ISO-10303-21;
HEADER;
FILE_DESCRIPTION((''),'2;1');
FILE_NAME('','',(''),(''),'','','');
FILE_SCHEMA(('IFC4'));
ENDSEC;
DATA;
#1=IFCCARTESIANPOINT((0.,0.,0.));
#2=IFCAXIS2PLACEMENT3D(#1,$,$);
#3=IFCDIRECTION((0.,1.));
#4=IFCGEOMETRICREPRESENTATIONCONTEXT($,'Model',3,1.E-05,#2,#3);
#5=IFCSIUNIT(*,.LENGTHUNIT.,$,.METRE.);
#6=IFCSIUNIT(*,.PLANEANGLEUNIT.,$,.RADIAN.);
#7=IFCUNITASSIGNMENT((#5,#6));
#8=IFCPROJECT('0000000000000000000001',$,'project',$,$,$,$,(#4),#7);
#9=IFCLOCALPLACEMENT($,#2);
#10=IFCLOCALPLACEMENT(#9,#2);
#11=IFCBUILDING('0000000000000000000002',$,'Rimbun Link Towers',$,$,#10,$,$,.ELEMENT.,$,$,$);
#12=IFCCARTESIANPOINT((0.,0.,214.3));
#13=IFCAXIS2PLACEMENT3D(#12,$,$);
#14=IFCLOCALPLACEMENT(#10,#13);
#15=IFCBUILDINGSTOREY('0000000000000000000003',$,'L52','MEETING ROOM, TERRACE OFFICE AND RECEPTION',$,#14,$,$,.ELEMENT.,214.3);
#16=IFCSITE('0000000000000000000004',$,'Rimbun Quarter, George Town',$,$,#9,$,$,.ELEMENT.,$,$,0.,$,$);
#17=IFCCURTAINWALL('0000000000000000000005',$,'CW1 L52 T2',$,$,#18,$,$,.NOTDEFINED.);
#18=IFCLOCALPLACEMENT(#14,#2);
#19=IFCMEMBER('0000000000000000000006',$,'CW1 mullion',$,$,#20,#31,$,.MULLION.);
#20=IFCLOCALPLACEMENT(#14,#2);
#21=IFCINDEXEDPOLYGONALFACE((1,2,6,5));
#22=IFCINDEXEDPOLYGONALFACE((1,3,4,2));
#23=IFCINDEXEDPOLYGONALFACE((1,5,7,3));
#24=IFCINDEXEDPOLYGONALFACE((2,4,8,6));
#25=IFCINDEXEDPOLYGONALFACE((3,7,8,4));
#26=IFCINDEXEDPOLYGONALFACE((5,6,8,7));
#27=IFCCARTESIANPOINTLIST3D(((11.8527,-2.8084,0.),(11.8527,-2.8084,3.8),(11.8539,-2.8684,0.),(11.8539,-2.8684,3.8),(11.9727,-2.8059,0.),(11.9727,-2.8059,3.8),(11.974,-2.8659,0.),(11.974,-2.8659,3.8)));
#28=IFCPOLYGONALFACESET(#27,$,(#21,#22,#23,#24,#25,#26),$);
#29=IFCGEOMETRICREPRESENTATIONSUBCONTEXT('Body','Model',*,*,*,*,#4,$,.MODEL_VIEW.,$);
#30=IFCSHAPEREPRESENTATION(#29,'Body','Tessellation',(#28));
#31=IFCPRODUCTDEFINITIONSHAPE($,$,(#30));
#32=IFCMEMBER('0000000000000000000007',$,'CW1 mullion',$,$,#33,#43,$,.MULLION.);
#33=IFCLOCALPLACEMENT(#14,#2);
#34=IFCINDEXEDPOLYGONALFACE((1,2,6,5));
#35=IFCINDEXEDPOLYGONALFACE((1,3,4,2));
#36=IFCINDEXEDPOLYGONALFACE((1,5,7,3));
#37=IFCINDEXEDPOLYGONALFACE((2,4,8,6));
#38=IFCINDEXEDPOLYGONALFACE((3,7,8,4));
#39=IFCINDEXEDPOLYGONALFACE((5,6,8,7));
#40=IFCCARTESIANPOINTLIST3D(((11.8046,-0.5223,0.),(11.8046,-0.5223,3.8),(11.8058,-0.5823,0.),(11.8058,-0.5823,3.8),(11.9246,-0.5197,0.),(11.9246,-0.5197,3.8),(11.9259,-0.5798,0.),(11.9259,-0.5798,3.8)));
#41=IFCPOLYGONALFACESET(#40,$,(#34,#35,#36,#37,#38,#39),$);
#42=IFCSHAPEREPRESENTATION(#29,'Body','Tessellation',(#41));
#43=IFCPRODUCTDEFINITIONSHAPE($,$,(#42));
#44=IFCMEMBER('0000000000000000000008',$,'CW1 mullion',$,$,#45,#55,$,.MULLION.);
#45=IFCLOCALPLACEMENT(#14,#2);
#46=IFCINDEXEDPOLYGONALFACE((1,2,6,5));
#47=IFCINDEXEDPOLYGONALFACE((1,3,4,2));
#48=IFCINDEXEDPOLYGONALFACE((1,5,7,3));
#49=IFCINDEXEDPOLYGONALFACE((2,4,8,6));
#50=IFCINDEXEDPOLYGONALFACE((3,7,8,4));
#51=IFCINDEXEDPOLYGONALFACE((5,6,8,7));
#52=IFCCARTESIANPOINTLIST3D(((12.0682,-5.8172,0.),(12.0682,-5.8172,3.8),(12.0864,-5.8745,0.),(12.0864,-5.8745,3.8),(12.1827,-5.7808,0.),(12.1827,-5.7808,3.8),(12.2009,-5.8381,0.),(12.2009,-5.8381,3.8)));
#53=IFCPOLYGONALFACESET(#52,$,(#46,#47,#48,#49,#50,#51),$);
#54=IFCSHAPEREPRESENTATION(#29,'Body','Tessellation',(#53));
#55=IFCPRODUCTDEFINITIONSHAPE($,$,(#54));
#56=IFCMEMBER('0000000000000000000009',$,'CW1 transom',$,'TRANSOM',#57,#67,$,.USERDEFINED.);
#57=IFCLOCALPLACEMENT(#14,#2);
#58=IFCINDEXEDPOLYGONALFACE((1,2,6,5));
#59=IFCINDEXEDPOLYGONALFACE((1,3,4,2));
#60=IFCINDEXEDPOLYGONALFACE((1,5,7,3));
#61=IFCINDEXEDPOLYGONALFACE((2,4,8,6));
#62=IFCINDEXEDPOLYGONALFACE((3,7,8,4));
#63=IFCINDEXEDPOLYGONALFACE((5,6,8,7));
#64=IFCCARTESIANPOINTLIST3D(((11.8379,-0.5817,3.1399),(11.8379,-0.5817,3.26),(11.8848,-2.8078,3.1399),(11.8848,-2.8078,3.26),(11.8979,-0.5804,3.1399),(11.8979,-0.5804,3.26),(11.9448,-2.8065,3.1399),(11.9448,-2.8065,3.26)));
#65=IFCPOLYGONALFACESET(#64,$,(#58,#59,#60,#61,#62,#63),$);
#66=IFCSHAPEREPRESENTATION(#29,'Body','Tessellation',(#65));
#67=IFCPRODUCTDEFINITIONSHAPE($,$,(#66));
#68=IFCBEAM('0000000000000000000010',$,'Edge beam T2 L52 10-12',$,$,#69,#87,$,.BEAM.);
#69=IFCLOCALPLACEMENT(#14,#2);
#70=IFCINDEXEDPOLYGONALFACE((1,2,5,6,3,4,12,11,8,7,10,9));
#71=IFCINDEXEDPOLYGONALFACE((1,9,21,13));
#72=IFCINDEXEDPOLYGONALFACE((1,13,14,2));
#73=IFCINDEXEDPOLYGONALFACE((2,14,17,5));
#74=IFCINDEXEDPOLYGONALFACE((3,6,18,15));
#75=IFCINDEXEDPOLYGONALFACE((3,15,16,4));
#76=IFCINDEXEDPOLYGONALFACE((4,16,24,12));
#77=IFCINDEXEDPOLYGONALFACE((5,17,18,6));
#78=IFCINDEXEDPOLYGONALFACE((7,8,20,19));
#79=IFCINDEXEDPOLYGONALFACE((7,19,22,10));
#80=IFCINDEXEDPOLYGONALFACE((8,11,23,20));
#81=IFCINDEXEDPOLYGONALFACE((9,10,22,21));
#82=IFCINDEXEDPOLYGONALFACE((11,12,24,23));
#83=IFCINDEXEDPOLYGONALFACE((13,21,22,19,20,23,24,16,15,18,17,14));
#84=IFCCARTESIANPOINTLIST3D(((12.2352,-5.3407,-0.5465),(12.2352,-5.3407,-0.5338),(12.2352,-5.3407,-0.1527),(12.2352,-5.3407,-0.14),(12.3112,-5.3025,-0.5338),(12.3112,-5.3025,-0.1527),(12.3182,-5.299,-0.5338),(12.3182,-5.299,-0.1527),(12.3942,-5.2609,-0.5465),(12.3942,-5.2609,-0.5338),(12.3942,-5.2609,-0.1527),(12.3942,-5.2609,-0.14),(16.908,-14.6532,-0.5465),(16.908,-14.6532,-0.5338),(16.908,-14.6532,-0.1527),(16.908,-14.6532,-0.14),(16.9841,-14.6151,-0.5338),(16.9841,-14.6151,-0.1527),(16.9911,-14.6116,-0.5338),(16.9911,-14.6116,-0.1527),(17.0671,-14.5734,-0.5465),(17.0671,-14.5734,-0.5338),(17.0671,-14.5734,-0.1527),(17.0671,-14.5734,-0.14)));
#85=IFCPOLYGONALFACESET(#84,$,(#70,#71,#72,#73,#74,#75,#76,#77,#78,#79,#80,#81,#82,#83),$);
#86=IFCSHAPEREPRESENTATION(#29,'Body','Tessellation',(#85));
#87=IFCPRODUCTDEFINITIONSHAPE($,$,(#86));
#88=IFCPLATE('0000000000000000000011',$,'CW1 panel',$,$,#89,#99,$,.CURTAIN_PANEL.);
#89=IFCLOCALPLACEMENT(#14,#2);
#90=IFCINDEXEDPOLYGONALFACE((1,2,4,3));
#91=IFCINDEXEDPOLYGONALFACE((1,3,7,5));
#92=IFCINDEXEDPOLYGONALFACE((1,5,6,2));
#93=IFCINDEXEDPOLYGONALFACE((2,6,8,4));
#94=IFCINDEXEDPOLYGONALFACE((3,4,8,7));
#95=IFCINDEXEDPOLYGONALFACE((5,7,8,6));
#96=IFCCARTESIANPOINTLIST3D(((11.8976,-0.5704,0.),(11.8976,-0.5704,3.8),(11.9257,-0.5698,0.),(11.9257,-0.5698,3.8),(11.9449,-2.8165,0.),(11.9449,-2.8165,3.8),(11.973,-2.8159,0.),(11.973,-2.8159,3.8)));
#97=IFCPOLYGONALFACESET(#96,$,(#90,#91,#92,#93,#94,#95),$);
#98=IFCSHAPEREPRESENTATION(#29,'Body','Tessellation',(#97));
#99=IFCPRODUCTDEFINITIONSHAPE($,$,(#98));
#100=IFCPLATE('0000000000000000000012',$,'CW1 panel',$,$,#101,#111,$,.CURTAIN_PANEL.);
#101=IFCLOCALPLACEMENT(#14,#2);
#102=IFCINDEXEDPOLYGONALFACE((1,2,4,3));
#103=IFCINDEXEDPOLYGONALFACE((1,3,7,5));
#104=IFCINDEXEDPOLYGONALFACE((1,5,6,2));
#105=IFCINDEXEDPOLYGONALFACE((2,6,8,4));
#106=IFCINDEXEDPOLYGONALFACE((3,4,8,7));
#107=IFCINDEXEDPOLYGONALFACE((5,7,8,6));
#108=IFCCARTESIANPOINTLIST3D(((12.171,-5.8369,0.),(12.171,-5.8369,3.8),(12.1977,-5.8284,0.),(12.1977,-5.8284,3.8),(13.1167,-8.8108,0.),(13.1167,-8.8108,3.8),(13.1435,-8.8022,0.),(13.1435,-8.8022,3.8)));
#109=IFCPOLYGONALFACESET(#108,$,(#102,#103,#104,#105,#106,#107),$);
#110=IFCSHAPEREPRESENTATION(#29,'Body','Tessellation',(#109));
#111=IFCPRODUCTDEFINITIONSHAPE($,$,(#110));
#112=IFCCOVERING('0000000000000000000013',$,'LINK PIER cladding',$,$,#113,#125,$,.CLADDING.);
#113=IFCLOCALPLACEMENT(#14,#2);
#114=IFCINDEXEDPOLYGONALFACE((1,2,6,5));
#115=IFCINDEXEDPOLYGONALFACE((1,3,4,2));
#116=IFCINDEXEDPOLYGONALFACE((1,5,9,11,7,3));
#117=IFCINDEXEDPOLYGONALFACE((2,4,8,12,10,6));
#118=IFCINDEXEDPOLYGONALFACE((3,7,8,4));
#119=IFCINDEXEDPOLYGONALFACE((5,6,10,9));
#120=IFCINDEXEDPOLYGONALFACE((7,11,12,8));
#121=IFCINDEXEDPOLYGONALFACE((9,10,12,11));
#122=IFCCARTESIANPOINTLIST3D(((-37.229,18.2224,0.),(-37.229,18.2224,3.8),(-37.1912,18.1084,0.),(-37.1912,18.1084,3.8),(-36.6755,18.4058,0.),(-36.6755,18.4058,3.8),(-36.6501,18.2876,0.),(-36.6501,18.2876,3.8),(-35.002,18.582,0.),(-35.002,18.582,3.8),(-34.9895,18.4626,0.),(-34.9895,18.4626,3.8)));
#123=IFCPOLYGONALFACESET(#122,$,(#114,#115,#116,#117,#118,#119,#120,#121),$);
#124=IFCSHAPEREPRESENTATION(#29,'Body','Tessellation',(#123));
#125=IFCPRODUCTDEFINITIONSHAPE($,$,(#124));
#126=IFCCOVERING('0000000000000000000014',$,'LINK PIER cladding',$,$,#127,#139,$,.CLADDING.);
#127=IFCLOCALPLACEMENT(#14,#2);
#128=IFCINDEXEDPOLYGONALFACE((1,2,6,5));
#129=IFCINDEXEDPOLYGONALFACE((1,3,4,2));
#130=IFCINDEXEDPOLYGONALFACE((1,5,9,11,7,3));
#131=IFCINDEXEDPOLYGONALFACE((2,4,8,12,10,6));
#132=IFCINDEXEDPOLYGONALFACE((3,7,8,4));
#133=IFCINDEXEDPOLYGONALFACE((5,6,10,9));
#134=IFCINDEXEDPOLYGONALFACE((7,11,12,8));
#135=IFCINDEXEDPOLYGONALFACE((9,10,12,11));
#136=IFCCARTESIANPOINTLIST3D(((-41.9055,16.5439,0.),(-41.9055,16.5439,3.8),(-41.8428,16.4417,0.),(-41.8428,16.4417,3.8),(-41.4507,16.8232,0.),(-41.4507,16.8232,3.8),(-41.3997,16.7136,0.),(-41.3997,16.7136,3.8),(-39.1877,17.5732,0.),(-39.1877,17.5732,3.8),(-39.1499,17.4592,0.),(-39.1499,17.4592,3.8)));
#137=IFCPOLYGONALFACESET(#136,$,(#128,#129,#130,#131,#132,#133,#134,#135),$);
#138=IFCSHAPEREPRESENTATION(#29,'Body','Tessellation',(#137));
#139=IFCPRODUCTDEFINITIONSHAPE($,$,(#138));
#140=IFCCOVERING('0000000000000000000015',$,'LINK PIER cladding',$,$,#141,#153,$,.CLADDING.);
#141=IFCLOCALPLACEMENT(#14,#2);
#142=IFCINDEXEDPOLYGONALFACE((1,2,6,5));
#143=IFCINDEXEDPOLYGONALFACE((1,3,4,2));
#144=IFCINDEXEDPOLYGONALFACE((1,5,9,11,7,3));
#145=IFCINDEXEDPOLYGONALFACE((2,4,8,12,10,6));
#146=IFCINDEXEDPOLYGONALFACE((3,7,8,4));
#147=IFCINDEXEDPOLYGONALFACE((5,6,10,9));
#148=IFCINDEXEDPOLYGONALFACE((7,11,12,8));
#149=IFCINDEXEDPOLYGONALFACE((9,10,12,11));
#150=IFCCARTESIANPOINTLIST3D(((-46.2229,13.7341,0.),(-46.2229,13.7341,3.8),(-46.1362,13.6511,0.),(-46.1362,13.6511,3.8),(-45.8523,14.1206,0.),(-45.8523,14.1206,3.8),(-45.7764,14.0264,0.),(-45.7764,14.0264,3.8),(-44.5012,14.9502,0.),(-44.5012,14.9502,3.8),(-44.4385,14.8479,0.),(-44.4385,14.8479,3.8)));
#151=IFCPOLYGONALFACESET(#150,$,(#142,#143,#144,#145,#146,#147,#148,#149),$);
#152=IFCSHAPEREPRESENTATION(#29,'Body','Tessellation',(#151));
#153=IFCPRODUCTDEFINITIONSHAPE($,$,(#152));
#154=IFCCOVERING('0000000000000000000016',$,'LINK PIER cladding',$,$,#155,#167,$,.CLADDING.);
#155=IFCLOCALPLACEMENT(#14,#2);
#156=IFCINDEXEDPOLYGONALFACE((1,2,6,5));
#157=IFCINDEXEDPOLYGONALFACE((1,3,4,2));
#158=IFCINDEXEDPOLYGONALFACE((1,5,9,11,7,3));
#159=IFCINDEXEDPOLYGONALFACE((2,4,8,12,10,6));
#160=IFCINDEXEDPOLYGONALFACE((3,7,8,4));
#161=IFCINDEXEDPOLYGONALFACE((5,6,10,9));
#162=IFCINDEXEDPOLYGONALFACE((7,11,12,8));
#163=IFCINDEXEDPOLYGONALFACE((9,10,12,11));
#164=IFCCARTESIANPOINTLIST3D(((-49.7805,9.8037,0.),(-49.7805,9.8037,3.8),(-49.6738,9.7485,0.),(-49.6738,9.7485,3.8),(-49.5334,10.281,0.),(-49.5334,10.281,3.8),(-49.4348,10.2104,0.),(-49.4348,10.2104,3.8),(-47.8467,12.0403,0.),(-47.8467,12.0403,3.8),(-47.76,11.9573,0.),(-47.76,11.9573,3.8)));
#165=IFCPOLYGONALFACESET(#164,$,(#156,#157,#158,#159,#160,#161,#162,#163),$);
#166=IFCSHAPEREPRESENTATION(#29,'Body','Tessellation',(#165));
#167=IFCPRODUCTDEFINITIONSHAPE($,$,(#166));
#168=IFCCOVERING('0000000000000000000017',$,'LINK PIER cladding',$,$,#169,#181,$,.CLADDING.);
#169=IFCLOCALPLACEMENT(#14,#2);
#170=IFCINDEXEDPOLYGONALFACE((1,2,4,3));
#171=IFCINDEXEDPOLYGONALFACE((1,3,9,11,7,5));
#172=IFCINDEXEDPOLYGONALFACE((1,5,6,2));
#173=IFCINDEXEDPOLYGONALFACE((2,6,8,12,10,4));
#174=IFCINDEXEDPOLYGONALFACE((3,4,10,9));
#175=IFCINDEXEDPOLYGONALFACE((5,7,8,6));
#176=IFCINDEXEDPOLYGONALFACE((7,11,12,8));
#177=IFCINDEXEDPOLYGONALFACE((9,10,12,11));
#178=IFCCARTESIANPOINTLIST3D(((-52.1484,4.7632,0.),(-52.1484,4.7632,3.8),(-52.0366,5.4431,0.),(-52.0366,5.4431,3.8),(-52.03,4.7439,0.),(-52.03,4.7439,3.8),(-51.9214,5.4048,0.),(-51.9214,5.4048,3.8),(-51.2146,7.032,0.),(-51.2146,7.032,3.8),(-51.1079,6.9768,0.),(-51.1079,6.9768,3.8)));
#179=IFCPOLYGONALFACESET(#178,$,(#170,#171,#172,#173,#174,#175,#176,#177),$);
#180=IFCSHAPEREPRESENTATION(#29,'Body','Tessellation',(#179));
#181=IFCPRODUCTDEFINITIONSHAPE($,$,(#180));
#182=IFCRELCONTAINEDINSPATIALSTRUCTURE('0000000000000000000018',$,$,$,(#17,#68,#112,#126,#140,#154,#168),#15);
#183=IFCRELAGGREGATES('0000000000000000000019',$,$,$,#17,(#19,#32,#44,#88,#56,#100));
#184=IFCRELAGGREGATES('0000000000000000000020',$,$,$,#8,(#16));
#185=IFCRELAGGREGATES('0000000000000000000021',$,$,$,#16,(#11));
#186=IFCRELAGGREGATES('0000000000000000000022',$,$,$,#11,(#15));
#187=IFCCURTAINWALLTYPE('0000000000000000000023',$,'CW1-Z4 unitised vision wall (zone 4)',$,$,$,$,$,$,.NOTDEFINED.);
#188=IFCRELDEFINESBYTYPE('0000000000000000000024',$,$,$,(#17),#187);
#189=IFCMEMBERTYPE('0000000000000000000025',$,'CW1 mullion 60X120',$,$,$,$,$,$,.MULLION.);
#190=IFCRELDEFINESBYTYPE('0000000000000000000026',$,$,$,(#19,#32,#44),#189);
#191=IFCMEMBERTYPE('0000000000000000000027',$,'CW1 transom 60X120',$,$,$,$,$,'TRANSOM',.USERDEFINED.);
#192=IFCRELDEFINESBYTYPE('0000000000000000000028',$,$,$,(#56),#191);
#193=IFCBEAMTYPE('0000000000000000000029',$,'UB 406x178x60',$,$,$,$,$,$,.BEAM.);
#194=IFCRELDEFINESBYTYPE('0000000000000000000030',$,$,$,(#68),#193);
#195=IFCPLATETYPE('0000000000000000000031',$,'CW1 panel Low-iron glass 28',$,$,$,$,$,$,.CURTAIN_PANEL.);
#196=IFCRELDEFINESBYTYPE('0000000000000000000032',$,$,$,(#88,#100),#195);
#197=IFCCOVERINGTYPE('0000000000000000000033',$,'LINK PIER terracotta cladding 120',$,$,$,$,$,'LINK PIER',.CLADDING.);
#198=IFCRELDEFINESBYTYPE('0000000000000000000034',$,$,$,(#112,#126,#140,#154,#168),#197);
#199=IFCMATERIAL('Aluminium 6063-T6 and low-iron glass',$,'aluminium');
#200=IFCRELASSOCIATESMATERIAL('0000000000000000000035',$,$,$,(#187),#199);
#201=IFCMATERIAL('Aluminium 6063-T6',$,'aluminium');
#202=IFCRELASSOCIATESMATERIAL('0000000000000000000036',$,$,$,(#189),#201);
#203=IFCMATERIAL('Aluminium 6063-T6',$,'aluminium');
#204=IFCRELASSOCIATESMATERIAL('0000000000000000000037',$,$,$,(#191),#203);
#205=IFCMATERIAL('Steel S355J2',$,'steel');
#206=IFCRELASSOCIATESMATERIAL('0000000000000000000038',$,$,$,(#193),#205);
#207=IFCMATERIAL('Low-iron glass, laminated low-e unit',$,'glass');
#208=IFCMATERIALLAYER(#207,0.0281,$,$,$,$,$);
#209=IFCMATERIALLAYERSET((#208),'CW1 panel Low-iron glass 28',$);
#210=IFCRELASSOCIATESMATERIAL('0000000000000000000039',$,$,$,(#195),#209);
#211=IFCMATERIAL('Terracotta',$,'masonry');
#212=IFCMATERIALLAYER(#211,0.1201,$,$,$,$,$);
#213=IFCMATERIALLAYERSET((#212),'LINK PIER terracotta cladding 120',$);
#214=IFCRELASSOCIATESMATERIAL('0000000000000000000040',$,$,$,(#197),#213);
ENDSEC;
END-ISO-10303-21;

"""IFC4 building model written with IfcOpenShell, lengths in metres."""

from ifc_helpers import new_model, si_unit, direction, frame, origin, origin_2d, place, context, subcontext, project, spatial, polyline, rectangle, i_section, outline, extrude, material, layer, layer_set, material_profile, profile_set, type_object, element, aggregate, save


model = new_model("IFC4")

# Units and contexts
model_context = context("Model", 3, precision=1e-05, world=origin(), true_north=direction((0.0, 1.0)))
body_context = subcontext(model_context, "Body", "Model", "MODEL_VIEW")
ifc_project = project(units=[si_unit("LENGTHUNIT", "METRE"), si_unit("PLANEANGLEUNIT", "RADIAN")], contexts=[model_context])

# Site, building, storey
site_placement = place(None, origin())
site = spatial("IfcSite", under=ifc_project, at=site_placement, Name="Rimbun Quarter, George Town", CompositionType="ELEMENT", RefElevation=0.0)
building_placement = place(site_placement, origin())
building = spatial("IfcBuilding", under=site, at=building_placement, Name="Rimbun Link Towers", CompositionType="ELEMENT")
storey_placement = place(building_placement, frame((0.0, 0.0, 214.3)))
storey = spatial("IfcBuildingStorey", under=building, at=storey_placement, Name="L52", Description="MEETING ROOM, TERRACE OFFICE AND RECEPTION", CompositionType="ELEMENT", Elevation=214.3)

# Curtain wall, members
ifc_material_1 = material(Name="Aluminium 6063-T6 and low-iron glass", Category="aluminium")
curtain_wall_type = type_object("IfcCurtainWallType", Name="CW1-Z4 unitised vision wall (zone 4)", PredefinedType="NOTDEFINED", material=ifc_material_1)
curtain_wall_placement = place(storey_placement, origin())
curtain_wall = element("IfcCurtainWall", 1, at=curtain_wall_placement, inside=storey, type_object=curtain_wall_type, Name="CW1 L52 T2", PredefinedType="NOTDEFINED")
ifc_material_2 = material(Name="Aluminium 6063-T6", Category="aluminium")
ifc_material_profile_1 = material_profile(ifc_material_2, rectangle(XDim=0.1201, YDim=0.0601, at=origin_2d()), Name="MULLION 60X120")
ifc_profile_set_1 = profile_set([ifc_material_profile_1], Name="Aluminium 6063-T6")
member_type_1 = type_object("IfcMemberType", Name="CW1 mullion 60X120", PredefinedType="MULLION", material=ifc_profile_set_1)
member_1_placement = place(storey_placement, frame((11.9133, -2.8372, 0.0), z_axis=(0.0, 0.0, 1.0), x_axis=(-0.999778, -0.021054, 0.0)))
member_1 = element("IfcMember", 2, at=member_1_placement, type_object=member_type_1, Name="CW1 mullion", PredefinedType="MULLION", context=body_context, shape_type="SweptSolid", body=[
    extrude(rectangle(XDim=0.1201, YDim=0.0601, at=origin_2d()), origin(), (0.0, 0.0, 1.0), 3.8),
])
member_2_placement = place(storey_placement, frame((11.8652, -0.551, 0.0), z_axis=(0.0, 0.0, 1.0), x_axis=(-0.999778, -0.021054, 0.0)))
member_2 = element("IfcMember", 3, at=member_2_placement, type_object=member_type_1, Name="CW1 mullion", PredefinedType="MULLION", context=body_context, shape_type="SweptSolid", body=[
    extrude(rectangle(XDim=0.1201, YDim=0.0601, at=origin_2d()), origin(), (0.0, 0.0, 1.0), 3.8),
])
member_3_placement = place(storey_placement, frame((12.1345, -5.8276, 0.0), z_axis=(0.0, 0.0, 1.0), x_axis=(-0.952969, -0.303068, 0.0)))
member_3 = element("IfcMember", 4, at=member_3_placement, type_object=member_type_1, Name="CW1 mullion", PredefinedType="MULLION", context=body_context, shape_type="SweptSolid", body=[
    extrude(rectangle(XDim=0.1201, YDim=0.0601, at=origin_2d()), origin(), (0.0, 0.0, 1.0), 3.8),
])
ifc_material_3 = material(Name="Aluminium 6063-T6", Category="aluminium")
ifc_material_profile_2 = material_profile(ifc_material_3, rectangle(XDim=0.0601, YDim=0.1201, at=origin_2d()), Name="TRANSOM 60X120")
ifc_profile_set_2 = profile_set([ifc_material_profile_2], Name="Aluminium 6063-T6")
member_type_2 = type_object("IfcMemberType", Name="CW1 transom 60X120", ElementType="TRANSOM", PredefinedType="USERDEFINED", material=ifc_profile_set_2)
member_4_placement = place(storey_placement, frame((11.9148, -2.8071, 3.2), z_axis=(-0.021053, 0.999778, 0.0), x_axis=(-0.999778, -0.021053, 0.0)))
member_4 = element("IfcMember", 5, at=member_4_placement, type_object=member_type_2, Name="CW1 transom", ObjectType="TRANSOM", PredefinedType="USERDEFINED", context=body_context, shape_type="SweptSolid", body=[
    extrude(rectangle(XDim=0.0601, YDim=0.1201, at=origin_2d()), origin(), (0.0, 0.0, 1.0), 2.2266),
])

# Beam
ifc_material_4 = material(Name="Steel S355J2", Category="steel")
ifc_material_profile_3 = material_profile(ifc_material_4, i_section(OverallWidth=0.178, OverallDepth=0.4065, WebThickness=0.0078, FlangeThickness=0.0127, at=origin_2d()), Name="UB 406x178x60")
ifc_profile_set_3 = profile_set([ifc_material_profile_3], Name="Steel S355J2")
beam_type = type_object("IfcBeamType", Name="UB 406x178x60", PredefinedType="BEAM", material=ifc_profile_set_3)
beam_placement = place(storey_placement, frame((12.3147, -5.3008, -0.3433), z_axis=(0.448488, -0.893789, 0.0), x_axis=(0.893789, 0.448488, 0.0)))
element("IfcBeam", 6, at=beam_placement, inside=storey, type_object=beam_type, Name="Edge beam T2 L52 10-12", PredefinedType="BEAM", context=body_context, shape_type="SweptSolid", body=[
    extrude(i_section(OverallWidth=0.178, OverallDepth=0.4065, WebThickness=0.0078, FlangeThickness=0.0127, at=origin_2d()), origin(), (0.0, 0.0, 1.0), 10.4192),
])

# Plates
ifc_material_5 = material(Name="Low-iron glass, laminated low-e unit", Category="glass")
ifc_layer_1 = layer(ifc_material_5, 0.0281)
ifc_layer_set_1 = layer_set([ifc_layer_1], Name="CW1 panel Low-iron glass 28")
plate_type = type_object("IfcPlateType", Name="CW1 panel Low-iron glass 28", PredefinedType="CURTAIN_PANEL", material=ifc_layer_set_1)
plate_1_placement = place(storey_placement, frame((11.9353, -1.6931, 0.0), z_axis=(0.0, 0.0, 1.0), x_axis=(-0.021054, 0.999778, 0.0)))
plate_1 = element("IfcPlate", 7, at=plate_1_placement, type_object=plate_type, Name="CW1 panel", PredefinedType="CURTAIN_PANEL", context=body_context, shape_type="SweptSolid", body=[
    extrude(rectangle(XDim=2.2466, YDim=0.0281, at=origin_2d()), origin(), (0.0, 0.0, 1.0), 3.8),
])
plate_2_placement = place(storey_placement, frame((12.6572, -7.3196, 0.0), z_axis=(0.0, 0.0, 1.0), x_axis=(-0.303068, 0.952969, 0.0)))
plate_2 = element("IfcPlate", 8, at=plate_2_placement, type_object=plate_type, Name="CW1 panel", PredefinedType="CURTAIN_PANEL", context=body_context, shape_type="SweptSolid", body=[
    extrude(rectangle(XDim=3.1206, YDim=0.0281, at=origin_2d()), origin(), (0.0, 0.0, 1.0), 3.8),
])
aggregate(curtain_wall, [member_1, member_2, member_3, plate_1, member_4, plate_2])

# Coverings
ifc_material_6 = material(Name="Terracotta", Category="masonry")
ifc_layer_2 = layer(ifc_material_6, 0.1201)
ifc_layer_set_2 = layer_set([ifc_layer_2], Name="LINK PIER terracotta cladding 120")
covering_type_1 = type_object("IfcCoveringType", Name="LINK PIER terracotta cladding 120", ElementType="LINK PIER", PredefinedType="CLADDING", material=ifc_layer_set_2)
covering_1_placement = place(storey_placement, origin())
element("IfcCovering", 9, at=covering_1_placement, inside=storey, type_object=covering_type_1, Name="LINK PIER cladding", PredefinedType="CLADDING", context=body_context, shape_type="SweptSolid", body=[
    extrude(outline(polyline([(-37.1912, 18.1084), (-36.6501, 18.2876), (-34.9895, 18.4626), (-35.002, 18.582), (-36.6755, 18.4058), (-37.229, 18.2224), (-37.1912, 18.1084)])), origin(), (0.0, 0.0, 1.0), 3.8),
])
covering_2_placement = place(storey_placement, origin())
element("IfcCovering", 10, at=covering_2_placement, inside=storey, type_object=covering_type_1, Name="LINK PIER cladding", PredefinedType="CLADDING", context=body_context, shape_type="SweptSolid", body=[
    extrude(outline(polyline([(-41.8428, 16.4417), (-41.3997, 16.7136), (-39.1499, 17.4592), (-39.1877, 17.5732), (-41.4507, 16.8232), (-41.9055, 16.5439), (-41.8428, 16.4417)])), origin(), (0.0, 0.0, 1.0), 3.8),
])
covering_3_placement = place(storey_placement, origin())
element("IfcCovering", 11, at=covering_3_placement, inside=storey, type_object=covering_type_1, Name="LINK PIER cladding", PredefinedType="CLADDING", context=body_context, shape_type="SweptSolid", body=[
    extrude(outline(polyline([(-46.1362, 13.6511), (-45.7764, 14.0264), (-44.4385, 14.8479), (-44.5012, 14.9502), (-45.8523, 14.1206), (-46.2229, 13.7341), (-46.1362, 13.6511)])), origin(), (0.0, 0.0, 1.0), 3.8),
])
covering_4_placement = place(storey_placement, origin())
element("IfcCovering", 12, at=covering_4_placement, inside=storey, type_object=covering_type_1, Name="LINK PIER cladding", PredefinedType="CLADDING", context=body_context, shape_type="SweptSolid", body=[
    extrude(outline(polyline([(-49.6738, 9.7485), (-49.4348, 10.2104), (-47.76, 11.9573), (-47.8467, 12.0403), (-49.5334, 10.281), (-49.7805, 9.8037), (-49.6738, 9.7485)])), origin(), (0.0, 0.0, 1.0), 3.8),
])
covering_5_placement = place(storey_placement, origin())
element("IfcCovering", 13, at=covering_5_placement, inside=storey, type_object=covering_type_1, Name="LINK PIER cladding", PredefinedType="CLADDING", context=body_context, shape_type="SweptSolid", body=[
    extrude(outline(polyline([(-52.03, 4.7439), (-51.9214, 5.4048), (-51.1079, 6.9768), (-51.2146, 7.032), (-52.0366, 5.4431), (-52.1484, 4.7632), (-52.03, 4.7439)])), origin(), (0.0, 0.0, 1.0), 3.8),
])

save(model, "model.ifc")
